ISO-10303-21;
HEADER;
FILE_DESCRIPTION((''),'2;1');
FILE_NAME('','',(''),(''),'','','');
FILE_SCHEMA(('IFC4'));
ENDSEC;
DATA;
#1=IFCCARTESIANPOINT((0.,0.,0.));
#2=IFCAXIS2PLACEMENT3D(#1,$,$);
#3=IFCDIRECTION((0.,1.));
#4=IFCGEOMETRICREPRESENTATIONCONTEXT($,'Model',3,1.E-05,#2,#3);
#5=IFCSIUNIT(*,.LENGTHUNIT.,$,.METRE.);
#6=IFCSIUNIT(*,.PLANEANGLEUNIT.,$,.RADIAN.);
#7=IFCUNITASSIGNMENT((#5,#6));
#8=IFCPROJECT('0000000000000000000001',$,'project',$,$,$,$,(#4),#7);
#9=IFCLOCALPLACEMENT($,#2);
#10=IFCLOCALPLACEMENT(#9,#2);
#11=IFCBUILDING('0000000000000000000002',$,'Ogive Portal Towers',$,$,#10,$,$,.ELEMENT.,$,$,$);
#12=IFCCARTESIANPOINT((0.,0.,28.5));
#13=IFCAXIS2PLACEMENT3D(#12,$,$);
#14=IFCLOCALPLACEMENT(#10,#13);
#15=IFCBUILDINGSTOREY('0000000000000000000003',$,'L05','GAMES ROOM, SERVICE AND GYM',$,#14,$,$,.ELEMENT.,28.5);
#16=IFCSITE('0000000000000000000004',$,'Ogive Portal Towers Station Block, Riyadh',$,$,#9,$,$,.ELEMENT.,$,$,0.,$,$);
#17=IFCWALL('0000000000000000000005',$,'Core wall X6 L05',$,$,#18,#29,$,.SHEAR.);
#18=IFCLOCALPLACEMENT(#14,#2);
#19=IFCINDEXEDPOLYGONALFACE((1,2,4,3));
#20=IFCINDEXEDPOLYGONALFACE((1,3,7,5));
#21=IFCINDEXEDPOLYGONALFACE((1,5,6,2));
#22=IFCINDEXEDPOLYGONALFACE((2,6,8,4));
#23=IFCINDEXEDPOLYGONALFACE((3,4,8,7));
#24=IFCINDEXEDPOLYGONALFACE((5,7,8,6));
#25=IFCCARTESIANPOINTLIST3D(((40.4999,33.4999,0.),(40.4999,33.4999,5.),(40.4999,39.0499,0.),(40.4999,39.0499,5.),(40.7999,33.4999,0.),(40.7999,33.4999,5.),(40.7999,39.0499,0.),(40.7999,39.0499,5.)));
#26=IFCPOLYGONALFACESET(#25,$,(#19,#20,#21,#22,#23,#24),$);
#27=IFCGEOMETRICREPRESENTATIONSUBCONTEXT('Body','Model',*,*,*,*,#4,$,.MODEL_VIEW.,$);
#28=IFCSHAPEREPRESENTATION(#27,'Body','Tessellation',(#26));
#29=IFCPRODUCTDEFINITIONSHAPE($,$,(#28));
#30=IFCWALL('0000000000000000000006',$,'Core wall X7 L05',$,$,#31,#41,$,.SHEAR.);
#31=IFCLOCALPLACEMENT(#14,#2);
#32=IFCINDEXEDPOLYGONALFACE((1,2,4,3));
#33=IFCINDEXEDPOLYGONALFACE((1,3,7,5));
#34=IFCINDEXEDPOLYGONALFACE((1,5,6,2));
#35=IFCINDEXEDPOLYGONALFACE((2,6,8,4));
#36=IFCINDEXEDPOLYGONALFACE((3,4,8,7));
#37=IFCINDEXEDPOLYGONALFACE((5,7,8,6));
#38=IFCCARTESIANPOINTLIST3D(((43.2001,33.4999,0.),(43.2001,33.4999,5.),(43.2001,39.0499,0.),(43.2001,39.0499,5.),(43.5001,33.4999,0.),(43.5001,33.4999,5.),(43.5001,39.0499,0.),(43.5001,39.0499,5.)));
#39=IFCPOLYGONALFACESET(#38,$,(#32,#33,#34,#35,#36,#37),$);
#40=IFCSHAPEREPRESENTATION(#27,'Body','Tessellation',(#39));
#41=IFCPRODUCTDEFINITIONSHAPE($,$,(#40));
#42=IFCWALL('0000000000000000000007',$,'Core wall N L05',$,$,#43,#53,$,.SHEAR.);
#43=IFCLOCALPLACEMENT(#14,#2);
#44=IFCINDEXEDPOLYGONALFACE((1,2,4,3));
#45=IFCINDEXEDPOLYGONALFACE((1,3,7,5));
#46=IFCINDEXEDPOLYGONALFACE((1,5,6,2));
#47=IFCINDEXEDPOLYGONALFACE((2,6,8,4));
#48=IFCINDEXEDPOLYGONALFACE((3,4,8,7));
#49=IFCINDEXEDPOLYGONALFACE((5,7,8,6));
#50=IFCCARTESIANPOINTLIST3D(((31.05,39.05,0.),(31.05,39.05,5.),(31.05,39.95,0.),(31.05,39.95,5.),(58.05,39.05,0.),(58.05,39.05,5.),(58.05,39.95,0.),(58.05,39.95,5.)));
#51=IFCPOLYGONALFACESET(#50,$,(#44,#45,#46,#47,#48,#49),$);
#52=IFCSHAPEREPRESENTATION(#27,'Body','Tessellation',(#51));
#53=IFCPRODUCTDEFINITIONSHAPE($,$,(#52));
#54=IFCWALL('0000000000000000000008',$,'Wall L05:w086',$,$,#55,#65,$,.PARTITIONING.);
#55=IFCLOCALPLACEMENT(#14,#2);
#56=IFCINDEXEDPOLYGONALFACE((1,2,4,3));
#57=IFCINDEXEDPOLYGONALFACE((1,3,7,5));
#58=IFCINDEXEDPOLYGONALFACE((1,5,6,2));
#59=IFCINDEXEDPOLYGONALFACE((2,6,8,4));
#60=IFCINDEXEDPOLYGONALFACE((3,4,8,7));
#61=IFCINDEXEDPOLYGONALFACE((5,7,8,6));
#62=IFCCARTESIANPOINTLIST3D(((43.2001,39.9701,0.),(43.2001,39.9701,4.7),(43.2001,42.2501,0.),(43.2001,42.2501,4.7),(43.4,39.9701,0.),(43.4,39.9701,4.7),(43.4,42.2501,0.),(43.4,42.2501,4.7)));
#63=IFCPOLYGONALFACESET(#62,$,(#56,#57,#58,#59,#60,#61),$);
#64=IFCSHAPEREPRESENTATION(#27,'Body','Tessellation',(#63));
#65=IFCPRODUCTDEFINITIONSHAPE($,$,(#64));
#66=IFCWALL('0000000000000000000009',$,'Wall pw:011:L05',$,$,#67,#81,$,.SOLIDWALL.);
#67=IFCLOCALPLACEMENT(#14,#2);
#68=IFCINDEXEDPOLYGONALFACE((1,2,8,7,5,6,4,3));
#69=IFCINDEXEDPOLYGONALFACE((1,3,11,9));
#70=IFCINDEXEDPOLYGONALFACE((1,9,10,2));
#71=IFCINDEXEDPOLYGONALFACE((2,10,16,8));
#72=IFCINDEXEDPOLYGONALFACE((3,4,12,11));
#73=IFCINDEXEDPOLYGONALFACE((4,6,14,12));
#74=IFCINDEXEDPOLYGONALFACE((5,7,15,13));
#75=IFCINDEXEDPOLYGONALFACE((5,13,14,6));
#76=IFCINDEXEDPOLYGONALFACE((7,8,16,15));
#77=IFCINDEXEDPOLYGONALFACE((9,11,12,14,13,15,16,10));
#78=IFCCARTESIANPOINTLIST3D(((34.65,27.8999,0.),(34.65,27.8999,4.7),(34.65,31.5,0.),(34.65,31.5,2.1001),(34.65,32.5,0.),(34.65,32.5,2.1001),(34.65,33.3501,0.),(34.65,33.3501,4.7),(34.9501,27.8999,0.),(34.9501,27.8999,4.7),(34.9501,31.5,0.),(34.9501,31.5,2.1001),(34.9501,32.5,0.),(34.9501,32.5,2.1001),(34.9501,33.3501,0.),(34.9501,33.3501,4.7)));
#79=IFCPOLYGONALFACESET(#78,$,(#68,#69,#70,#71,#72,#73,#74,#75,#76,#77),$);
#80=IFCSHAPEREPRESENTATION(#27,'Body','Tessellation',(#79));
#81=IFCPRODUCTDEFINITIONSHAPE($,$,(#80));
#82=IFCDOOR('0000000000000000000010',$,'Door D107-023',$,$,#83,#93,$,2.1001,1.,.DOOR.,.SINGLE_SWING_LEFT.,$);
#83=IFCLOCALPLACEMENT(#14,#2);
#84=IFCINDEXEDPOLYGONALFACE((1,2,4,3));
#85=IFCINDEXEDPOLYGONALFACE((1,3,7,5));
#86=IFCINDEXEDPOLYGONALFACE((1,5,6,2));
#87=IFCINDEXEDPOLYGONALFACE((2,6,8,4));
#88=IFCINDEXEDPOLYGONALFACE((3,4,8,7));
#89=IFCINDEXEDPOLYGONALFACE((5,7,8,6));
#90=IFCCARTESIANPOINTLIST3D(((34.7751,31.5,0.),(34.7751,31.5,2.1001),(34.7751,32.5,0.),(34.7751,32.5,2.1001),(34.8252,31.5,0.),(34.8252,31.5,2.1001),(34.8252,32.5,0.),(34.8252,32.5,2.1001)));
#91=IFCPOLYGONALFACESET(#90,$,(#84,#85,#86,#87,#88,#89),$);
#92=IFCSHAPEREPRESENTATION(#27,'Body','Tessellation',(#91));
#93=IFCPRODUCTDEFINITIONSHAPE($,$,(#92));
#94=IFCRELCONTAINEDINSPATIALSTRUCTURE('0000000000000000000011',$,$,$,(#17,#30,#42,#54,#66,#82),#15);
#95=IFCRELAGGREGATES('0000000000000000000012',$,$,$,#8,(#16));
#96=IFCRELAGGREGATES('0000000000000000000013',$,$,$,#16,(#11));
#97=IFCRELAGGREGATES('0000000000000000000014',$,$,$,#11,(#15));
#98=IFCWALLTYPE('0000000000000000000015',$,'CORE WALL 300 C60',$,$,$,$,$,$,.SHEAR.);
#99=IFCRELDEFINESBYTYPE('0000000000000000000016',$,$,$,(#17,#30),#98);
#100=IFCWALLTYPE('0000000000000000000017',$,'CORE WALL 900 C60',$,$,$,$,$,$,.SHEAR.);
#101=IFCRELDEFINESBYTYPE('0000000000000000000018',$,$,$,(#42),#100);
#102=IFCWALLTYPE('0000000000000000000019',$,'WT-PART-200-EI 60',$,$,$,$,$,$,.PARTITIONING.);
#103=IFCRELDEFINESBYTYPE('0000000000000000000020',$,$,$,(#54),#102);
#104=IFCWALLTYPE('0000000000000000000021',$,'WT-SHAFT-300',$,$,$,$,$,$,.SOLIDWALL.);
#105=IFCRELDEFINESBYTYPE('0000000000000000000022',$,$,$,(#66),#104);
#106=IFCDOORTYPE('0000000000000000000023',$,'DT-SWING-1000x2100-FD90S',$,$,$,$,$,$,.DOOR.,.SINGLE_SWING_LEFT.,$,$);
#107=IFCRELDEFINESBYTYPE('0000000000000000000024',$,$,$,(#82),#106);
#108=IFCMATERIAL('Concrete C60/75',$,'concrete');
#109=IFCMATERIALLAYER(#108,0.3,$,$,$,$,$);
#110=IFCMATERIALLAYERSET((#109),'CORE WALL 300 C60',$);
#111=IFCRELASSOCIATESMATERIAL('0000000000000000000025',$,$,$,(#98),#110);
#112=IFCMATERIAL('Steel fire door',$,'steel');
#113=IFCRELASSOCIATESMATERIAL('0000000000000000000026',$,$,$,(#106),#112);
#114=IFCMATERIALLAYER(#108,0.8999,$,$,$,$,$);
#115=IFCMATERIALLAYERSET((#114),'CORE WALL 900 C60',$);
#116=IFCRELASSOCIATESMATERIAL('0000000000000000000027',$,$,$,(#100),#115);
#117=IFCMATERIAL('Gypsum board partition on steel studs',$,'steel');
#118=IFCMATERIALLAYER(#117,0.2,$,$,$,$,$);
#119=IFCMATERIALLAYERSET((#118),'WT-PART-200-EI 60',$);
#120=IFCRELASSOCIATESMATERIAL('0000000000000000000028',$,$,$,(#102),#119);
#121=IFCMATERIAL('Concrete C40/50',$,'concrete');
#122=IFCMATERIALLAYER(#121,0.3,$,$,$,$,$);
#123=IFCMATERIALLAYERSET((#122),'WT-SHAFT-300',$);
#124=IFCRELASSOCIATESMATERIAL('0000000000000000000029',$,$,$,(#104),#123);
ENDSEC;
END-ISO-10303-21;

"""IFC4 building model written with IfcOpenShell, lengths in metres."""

from ifc_helpers import new_model, si_unit, direction, frame, frame_2d, origin, place, context, subcontext, project, spatial, rectangle, extrude, material, layer, layer_set, type_object, element, fill, save


model = new_model("IFC4")

# Units and contexts
model_context = context("Model", 3, precision=1e-05, world=origin(), true_north=direction((0.0, 1.0)))
body_context = subcontext(model_context, "Body", "Model", "MODEL_VIEW")
ifc_project = project(units=[si_unit("LENGTHUNIT", "METRE"), si_unit("PLANEANGLEUNIT", "RADIAN")], contexts=[model_context])

# Site, building, storey
site_placement = place(None, origin())
site = spatial("IfcSite", under=ifc_project, at=site_placement, Name="Ogive Portal Towers Station Block, Riyadh", CompositionType="ELEMENT", RefElevation=0.0)
building_placement = place(site_placement, origin())
building = spatial("IfcBuilding", under=site, at=building_placement, Name="Ogive Portal Towers", CompositionType="ELEMENT")
storey_placement = place(building_placement, frame((0.0, 0.0, 28.5)))
storey = spatial("IfcBuildingStorey", under=building, at=storey_placement, Name="L05", Description="GAMES ROOM, SERVICE AND GYM", CompositionType="ELEMENT", Elevation=28.5)

# Shared definitions
ifc_material_1 = material(Name="Concrete C40/50", Category="concrete")

# Shared definitions
ifc_material_2 = material(Name="Concrete C60/75", Category="concrete")
ifc_layer_1 = layer(ifc_material_2, 0.3)
ifc_layer_set_1 = layer_set([ifc_layer_1], Name="CORE WALL 300 C60")
wall_type_1 = type_object("IfcWallType", Name="CORE WALL 300 C60", PredefinedType="SHEAR", material=ifc_layer_set_1)
ifc_material_3 = material(Name="Steel fire door", Category="steel")
door_type_1 = type_object("IfcDoorType", Name="DT-SWING-1000x2100-FD90S", OperationType="SINGLE_SWING_LEFT", PredefinedType="DOOR", material=ifc_material_3)

# Walls
for number, where, z_axis, x_axis, name in (
    (1, (40.6499, 33.5, 0.0), (0.0, 0.0, 1.0), (0.0, 1.0, 0.0), "Core wall X6 L05"),
    (2, (43.3501, 33.5, 0.0), (0.0, 0.0, 1.0), (0.0, 1.0, 0.0), "Core wall X7 L05"),
):
    element("IfcWall", number, at=place(storey_placement, frame(where, z_axis=z_axis, x_axis=x_axis)), inside=storey, type_object=wall_type_1, Name=name, PredefinedType="SHEAR", context=body_context, shape_type="SweptSolid", body=[
        extrude(rectangle(XDim=5.55, YDim=0.3, at=frame_2d((2.7749, 0.0))), origin(), (0.0, 0.0, 1.0), 5.0),
    ])

# Walls
ifc_layer_2 = layer(ifc_material_2, 0.8999)
ifc_layer_set_2 = layer_set([ifc_layer_2], Name="CORE WALL 900 C60")
wall_type_2 = type_object("IfcWallType", Name="CORE WALL 900 C60", PredefinedType="SHEAR", material=ifc_layer_set_2)
wall_1_placement = place(storey_placement, frame((31.05, 39.5, 0.0), z_axis=(0.0, 0.0, 1.0), x_axis=(1.0, 0.0, 0.0)))
element("IfcWall", 3, at=wall_1_placement, inside=storey, type_object=wall_type_2, Name="Core wall N L05", PredefinedType="SHEAR", context=body_context, shape_type="SweptSolid", body=[
    extrude(rectangle(XDim=27.0, YDim=0.8999, at=frame_2d((13.5, 0.0))), origin(), (0.0, 0.0, 1.0), 5.0),
])
ifc_material_4 = material(Name="Gypsum board partition on steel studs", Category="steel")
ifc_layer_3 = layer(ifc_material_4, 0.2)
ifc_layer_set_3 = layer_set([ifc_layer_3], Name="WT-PART-200-EI 60")
wall_type_3 = type_object("IfcWallType", Name="WT-PART-200-EI 60", PredefinedType="PARTITIONING", material=ifc_layer_set_3)
wall_2_placement = place(storey_placement, frame((43.3, 39.97, 0.0), z_axis=(0.0, 0.0, 1.0), x_axis=(0.0, 1.0, 0.0)))
element("IfcWall", 4, at=wall_2_placement, inside=storey, type_object=wall_type_3, Name="Wall L05:w086", PredefinedType="PARTITIONING", context=body_context, shape_type="SweptSolid", body=[
    extrude(rectangle(XDim=2.28, YDim=0.2, at=frame_2d((1.1401, 0.0))), origin(), (0.0, 0.0, 1.0), 4.7),
])

# Wall, opening, door
ifc_layer_4 = layer(ifc_material_1, 0.3)
ifc_layer_set_4 = layer_set([ifc_layer_4], Name="WT-SHAFT-300")
wall_type_4 = type_object("IfcWallType", Name="WT-SHAFT-300", PredefinedType="SOLIDWALL", material=ifc_layer_set_4)
wall_3_placement = place(storey_placement, frame((34.8, 27.8999, 0.0), z_axis=(0.0, 0.0, 1.0), x_axis=(0.0, 1.0, 0.0)))
wall_3 = element("IfcWall", 5, at=wall_3_placement, inside=storey, type_object=wall_type_4, Name="Wall pw:011:L05", PredefinedType="SOLIDWALL", context=body_context, shape_type="SweptSolid", body=[
    extrude(rectangle(XDim=5.4502, YDim=0.3, at=frame_2d((2.7251, 0.0))), origin(), (0.0, 0.0, 1.0), 4.7),
])
opening_1_placement = place(wall_3_placement, frame((3.6001, 0.0, 0.0)))
opening_1 = element("IfcOpeningElement", 6, at=opening_1_placement, cuts=wall_3, PredefinedType="OPENING", context=body_context, shape_type="SweptSolid", body=[
    extrude(rectangle(XDim=1.0, YDim=2.1001, at=frame_2d((0.5, 1.05))), frame((0.0, 0.1602, 0.0), z_axis=(0.0, -1.0, 0.0), x_axis=(1.0, 0.0, 0.0)), (0.0, 0.0, 1.0), 0.3201),
])
door_1_placement = place(opening_1_placement, origin())
door_1 = element("IfcDoor", 7, at=door_1_placement, inside=storey, type_object=door_type_1, Name="Door D107-023", OperationType="SINGLE_SWING_LEFT", OverallHeight=2.1001, OverallWidth=1.0, PredefinedType="DOOR", context=body_context, shape_type="SweptSolid", body=[
    extrude(rectangle(XDim=1.0, YDim=2.1001, at=frame_2d((0.5, 1.05))), frame((0.0, 0.0249, 0.0), z_axis=(0.0, -1.0, 0.0), x_axis=(1.0, 0.0, 0.0)), (0.0, 0.0, 1.0), 0.05),
])
fill(opening_1, door_1)

save(model, "model.ifc")
